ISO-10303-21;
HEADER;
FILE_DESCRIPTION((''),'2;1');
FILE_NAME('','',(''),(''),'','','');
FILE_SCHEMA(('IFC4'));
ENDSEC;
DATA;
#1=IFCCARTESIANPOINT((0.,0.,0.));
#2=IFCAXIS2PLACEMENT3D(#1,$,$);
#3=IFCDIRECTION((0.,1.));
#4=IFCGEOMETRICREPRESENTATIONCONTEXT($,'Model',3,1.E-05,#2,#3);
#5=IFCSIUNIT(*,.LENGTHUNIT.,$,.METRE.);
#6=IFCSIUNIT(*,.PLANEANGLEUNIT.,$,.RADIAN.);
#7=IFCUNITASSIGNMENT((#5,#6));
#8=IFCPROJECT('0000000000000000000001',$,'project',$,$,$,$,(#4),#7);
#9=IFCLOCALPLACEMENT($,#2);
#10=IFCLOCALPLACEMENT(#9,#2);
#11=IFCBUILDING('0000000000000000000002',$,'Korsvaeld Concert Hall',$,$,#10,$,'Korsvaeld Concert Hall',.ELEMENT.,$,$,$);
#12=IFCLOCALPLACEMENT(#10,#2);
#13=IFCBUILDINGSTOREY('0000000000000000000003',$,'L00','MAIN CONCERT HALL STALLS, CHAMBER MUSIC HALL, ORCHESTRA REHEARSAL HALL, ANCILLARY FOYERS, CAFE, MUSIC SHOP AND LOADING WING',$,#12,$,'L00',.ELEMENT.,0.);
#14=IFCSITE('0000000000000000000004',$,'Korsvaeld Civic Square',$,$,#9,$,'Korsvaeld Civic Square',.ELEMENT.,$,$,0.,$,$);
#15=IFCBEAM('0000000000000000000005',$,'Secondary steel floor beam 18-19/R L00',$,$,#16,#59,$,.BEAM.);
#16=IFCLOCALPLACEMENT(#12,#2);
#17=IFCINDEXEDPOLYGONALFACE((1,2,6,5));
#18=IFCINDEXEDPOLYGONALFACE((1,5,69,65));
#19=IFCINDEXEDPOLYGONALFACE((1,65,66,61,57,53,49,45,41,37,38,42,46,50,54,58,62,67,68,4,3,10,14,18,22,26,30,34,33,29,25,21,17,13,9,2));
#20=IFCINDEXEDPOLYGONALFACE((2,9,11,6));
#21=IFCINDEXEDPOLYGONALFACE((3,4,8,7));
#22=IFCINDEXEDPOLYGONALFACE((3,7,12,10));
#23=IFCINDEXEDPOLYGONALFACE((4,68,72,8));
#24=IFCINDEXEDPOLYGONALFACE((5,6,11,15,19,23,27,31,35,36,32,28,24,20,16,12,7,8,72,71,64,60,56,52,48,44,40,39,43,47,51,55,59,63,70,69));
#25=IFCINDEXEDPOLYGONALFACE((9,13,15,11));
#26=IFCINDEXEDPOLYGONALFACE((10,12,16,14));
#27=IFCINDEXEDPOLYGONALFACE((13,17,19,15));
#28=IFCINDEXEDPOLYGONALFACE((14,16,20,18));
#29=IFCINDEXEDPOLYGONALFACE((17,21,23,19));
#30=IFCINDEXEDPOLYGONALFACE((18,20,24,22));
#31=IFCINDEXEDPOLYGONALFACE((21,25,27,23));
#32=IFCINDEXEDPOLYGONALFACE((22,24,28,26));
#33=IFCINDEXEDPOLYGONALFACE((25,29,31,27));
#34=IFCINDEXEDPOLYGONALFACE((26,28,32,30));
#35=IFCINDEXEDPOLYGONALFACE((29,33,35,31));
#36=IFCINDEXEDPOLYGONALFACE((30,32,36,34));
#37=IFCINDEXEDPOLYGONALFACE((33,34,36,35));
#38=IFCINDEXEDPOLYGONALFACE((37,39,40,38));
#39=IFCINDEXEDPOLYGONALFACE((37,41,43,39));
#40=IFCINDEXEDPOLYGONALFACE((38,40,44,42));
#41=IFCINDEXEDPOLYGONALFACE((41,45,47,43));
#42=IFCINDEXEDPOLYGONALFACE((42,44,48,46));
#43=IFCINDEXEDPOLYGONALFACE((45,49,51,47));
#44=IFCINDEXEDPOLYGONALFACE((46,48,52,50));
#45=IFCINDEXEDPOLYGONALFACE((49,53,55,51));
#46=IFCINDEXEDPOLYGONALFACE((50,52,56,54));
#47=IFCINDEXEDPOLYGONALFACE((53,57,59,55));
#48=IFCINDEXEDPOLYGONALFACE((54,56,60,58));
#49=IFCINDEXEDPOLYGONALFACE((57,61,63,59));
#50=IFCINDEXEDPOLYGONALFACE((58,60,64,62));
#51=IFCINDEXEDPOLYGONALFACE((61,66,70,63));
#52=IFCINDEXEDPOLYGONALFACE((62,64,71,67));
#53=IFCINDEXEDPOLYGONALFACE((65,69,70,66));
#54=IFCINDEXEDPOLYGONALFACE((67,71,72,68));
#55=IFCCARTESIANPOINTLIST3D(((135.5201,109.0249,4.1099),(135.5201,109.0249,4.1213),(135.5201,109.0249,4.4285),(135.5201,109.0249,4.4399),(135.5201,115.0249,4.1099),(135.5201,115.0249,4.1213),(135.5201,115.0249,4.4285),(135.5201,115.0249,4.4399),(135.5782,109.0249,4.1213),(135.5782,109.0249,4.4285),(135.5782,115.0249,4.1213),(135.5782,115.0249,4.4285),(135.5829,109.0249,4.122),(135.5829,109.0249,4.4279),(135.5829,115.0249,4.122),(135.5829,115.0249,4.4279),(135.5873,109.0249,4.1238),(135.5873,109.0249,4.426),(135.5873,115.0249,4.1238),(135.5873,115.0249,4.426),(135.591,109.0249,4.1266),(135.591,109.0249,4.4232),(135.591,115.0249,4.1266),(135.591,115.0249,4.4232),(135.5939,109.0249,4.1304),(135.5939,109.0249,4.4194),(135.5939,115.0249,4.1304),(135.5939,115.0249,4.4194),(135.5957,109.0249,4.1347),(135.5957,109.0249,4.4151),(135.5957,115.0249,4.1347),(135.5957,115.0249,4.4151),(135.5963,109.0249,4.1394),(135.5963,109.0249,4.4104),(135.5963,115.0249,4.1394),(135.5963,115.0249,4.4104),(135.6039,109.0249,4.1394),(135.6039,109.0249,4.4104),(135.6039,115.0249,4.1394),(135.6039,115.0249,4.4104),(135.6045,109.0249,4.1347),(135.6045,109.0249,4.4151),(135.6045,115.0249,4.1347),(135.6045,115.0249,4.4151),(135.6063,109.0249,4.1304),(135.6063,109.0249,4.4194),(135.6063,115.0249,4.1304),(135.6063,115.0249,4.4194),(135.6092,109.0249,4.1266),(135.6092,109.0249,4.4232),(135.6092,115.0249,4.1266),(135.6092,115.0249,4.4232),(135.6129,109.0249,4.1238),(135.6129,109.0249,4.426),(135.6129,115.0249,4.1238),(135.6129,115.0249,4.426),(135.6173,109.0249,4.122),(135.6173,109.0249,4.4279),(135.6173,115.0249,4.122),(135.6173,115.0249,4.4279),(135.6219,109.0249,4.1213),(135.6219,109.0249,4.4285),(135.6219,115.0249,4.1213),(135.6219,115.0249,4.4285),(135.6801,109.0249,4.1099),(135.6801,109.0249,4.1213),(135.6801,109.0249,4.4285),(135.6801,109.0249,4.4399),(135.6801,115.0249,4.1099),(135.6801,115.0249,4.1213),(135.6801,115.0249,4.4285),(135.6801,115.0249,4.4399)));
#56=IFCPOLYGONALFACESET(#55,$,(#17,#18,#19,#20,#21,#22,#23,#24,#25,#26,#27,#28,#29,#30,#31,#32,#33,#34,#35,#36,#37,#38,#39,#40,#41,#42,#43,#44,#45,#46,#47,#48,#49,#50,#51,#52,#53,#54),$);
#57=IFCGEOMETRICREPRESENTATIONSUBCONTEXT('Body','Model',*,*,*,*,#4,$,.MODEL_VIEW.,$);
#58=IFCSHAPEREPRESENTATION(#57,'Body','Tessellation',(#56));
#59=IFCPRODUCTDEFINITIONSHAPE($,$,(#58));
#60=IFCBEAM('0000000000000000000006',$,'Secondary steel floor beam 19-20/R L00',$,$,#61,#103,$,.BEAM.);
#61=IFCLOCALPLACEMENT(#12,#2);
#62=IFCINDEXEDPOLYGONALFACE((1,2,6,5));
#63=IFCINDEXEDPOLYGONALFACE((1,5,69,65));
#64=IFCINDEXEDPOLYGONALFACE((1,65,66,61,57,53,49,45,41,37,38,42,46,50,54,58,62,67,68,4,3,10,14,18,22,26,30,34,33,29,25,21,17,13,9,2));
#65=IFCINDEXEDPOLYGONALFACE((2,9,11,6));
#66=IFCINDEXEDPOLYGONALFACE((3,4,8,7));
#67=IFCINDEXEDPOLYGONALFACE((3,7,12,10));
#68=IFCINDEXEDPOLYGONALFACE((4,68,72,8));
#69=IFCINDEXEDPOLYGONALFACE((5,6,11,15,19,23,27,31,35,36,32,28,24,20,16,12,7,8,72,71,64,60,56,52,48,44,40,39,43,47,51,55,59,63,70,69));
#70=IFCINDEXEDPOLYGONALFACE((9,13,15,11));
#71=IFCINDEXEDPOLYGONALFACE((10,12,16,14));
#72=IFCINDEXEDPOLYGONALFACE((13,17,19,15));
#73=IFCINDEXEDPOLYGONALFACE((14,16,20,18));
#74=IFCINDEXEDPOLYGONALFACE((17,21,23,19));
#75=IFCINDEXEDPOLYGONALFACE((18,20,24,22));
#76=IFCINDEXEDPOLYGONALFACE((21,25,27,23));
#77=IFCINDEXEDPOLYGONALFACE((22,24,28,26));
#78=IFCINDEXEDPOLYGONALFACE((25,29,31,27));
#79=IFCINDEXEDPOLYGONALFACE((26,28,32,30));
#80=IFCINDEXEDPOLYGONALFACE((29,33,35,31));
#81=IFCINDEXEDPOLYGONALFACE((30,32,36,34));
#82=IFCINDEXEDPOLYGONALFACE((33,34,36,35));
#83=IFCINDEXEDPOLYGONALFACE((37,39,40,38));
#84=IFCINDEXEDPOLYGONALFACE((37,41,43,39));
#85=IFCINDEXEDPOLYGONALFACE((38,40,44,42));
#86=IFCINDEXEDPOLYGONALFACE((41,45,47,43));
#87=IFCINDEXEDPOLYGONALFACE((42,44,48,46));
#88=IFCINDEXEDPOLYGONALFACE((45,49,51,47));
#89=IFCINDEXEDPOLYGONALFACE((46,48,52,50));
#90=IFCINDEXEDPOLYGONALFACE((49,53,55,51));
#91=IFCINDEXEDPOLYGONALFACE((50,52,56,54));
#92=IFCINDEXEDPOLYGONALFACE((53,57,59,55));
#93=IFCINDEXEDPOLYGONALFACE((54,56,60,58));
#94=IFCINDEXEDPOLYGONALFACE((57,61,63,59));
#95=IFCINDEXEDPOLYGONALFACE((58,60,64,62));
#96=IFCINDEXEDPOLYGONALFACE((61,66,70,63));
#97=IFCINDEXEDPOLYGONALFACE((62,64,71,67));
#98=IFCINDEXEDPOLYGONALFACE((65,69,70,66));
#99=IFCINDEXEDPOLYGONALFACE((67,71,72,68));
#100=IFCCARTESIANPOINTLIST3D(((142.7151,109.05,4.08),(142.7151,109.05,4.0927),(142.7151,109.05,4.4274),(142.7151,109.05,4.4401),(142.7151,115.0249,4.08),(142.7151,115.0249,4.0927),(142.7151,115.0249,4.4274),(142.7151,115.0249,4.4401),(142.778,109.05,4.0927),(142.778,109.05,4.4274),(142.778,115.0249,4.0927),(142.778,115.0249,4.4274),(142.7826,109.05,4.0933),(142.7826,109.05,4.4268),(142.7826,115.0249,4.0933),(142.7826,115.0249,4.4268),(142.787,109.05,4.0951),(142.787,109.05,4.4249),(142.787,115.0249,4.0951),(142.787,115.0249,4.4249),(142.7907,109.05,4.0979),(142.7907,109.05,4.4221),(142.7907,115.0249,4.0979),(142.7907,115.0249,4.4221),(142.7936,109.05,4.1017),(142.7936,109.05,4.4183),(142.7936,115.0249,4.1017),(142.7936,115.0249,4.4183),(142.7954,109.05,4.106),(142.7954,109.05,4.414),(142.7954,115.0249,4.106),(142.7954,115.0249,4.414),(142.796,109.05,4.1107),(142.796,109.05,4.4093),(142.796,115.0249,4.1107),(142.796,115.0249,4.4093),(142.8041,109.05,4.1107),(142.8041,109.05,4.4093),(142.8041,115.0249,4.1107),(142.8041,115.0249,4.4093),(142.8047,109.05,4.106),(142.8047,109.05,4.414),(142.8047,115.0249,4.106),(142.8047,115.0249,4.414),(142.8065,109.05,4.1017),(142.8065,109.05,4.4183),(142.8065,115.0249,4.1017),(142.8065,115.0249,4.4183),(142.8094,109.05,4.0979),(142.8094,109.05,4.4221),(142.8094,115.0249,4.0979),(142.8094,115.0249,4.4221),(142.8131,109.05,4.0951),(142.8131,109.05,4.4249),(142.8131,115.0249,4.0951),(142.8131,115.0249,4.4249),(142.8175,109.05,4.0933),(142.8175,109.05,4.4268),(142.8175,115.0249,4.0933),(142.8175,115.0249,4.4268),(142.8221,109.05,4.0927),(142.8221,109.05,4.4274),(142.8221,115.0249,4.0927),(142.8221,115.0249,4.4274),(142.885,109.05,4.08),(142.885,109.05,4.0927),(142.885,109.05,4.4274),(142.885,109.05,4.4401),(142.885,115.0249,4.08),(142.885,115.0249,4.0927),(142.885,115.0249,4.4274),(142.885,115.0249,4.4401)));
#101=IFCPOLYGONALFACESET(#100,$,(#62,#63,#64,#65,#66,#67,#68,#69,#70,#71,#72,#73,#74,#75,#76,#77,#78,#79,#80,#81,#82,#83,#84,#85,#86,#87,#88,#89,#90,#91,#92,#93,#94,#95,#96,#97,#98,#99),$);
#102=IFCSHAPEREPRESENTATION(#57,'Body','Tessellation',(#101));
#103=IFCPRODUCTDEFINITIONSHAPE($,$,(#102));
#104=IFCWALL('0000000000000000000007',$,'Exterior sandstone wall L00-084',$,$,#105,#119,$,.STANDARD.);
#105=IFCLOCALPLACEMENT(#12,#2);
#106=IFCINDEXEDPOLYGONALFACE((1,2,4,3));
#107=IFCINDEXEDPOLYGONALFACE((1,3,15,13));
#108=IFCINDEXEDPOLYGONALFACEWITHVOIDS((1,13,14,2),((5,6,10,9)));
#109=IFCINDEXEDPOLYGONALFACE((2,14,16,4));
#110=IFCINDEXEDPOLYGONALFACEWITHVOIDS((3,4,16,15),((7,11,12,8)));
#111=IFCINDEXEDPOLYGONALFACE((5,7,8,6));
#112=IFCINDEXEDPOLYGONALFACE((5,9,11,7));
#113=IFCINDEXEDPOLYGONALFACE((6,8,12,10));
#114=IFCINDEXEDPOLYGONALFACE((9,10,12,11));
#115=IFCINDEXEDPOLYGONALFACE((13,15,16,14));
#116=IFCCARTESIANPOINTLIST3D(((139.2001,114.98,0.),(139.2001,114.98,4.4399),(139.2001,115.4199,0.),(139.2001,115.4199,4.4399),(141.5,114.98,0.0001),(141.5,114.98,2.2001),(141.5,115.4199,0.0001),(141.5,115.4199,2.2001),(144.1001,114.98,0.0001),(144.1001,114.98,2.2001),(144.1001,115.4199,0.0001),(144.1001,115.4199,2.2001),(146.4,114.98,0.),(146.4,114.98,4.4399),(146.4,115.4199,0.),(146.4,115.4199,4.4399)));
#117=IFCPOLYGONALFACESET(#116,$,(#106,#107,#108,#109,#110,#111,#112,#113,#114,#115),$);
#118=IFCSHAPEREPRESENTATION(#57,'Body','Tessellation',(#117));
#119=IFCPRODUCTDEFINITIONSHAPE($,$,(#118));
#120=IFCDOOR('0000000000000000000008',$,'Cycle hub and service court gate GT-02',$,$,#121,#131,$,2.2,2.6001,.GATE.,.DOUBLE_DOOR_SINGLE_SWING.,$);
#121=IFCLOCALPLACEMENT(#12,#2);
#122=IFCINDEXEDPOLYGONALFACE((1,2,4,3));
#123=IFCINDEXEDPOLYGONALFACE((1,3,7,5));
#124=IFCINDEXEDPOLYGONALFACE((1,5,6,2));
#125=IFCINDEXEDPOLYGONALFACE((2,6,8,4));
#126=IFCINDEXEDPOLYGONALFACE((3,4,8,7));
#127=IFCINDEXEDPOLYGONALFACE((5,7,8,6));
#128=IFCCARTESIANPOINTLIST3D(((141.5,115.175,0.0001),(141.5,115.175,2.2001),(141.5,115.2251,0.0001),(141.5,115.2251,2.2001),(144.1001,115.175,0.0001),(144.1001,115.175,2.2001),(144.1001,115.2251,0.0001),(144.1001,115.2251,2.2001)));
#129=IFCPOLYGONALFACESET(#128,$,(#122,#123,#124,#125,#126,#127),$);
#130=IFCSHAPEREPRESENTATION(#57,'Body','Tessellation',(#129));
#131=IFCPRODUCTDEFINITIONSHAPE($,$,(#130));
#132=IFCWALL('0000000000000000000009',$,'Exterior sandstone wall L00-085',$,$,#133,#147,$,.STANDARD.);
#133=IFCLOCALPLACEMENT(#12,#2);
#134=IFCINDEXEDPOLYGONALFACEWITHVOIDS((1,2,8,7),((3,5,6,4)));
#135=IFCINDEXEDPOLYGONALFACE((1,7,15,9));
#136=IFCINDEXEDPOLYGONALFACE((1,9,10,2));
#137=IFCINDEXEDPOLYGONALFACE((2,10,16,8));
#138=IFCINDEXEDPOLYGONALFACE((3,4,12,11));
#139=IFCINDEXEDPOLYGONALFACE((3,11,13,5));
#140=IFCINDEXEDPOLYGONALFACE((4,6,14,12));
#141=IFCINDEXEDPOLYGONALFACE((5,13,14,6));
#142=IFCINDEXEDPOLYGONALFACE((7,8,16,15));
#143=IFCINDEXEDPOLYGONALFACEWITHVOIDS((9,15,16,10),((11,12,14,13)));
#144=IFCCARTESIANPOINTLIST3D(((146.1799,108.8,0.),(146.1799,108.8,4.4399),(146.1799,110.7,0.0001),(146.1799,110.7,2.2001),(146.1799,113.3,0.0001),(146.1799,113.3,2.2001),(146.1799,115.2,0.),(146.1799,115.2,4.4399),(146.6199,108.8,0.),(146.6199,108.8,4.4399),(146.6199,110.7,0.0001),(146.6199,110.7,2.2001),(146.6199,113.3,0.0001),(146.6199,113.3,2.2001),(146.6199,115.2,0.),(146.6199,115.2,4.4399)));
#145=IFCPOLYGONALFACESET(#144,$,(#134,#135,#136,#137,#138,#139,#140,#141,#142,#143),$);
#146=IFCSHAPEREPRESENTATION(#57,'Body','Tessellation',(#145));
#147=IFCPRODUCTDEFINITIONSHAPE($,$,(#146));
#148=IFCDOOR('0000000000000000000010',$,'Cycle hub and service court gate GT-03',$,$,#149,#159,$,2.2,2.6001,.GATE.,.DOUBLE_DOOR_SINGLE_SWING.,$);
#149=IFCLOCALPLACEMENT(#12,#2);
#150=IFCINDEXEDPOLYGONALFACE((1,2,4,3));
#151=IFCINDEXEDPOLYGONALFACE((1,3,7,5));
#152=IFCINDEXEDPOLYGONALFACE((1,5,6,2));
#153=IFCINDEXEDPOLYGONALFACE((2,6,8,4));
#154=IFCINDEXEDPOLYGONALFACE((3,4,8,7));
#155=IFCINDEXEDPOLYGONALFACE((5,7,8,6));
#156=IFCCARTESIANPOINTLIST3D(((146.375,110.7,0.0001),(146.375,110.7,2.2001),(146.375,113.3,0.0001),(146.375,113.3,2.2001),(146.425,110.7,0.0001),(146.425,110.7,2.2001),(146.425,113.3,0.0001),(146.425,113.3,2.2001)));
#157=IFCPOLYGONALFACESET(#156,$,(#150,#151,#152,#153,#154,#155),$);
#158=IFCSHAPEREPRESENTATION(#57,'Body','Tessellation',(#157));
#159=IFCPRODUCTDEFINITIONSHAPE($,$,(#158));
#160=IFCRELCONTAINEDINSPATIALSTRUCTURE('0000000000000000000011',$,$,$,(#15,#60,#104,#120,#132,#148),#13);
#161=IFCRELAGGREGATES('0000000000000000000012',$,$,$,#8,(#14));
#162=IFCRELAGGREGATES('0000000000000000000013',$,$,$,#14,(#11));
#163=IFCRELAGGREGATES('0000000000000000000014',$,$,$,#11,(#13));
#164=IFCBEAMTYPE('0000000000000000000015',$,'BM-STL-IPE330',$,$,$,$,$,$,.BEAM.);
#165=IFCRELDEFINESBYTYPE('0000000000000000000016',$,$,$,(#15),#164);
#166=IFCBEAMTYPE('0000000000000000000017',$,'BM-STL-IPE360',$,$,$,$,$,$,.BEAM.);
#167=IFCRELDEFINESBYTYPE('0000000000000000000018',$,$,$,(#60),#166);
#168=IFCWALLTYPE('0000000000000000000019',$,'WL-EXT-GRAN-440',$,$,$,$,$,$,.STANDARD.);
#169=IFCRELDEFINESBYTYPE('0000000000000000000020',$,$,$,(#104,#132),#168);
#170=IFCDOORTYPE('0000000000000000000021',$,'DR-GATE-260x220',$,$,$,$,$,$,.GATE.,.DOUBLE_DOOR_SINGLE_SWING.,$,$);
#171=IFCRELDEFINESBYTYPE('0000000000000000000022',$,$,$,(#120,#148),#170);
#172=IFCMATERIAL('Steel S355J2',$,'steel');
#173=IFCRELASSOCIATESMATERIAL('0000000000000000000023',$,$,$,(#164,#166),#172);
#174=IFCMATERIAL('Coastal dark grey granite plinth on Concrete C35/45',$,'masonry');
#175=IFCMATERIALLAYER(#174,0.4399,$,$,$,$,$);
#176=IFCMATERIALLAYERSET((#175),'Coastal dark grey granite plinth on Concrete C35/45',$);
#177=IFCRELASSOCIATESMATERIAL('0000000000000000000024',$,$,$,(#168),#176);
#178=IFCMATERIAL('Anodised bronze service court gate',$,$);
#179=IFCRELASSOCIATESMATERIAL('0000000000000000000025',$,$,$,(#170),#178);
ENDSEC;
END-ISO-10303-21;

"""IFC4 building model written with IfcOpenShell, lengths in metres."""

from ifc_helpers import new_model, si_unit, direction, frame, frame_2d, origin, origin_2d, place, context, subcontext, project, spatial, rectangle, i_section, extrude, material, layer, layer_set, material_profile, profile_set, type_object, element, fill, save


model = new_model("IFC4")

# Units and contexts
model_context = context("Model", 3, precision=1e-05, world=origin(), true_north=direction((0.0, 1.0)))
body_context = subcontext(model_context, "Body", "Model", "MODEL_VIEW")
ifc_project = project(units=[si_unit("LENGTHUNIT", "METRE"), si_unit("PLANEANGLEUNIT", "RADIAN")], contexts=[model_context])

# Site, building, storey
site_placement = place(None, origin())
site = spatial("IfcSite", under=ifc_project, at=site_placement, Name="Korsvaeld Civic Square", LongName="Korsvaeld Civic Square", CompositionType="ELEMENT", RefElevation=0.0)
building_placement = place(site_placement, origin())
building = spatial("IfcBuilding", under=site, at=building_placement, Name="Korsvaeld Concert Hall", LongName="Korsvaeld Concert Hall", CompositionType="ELEMENT")
storey_placement = place(building_placement, origin())
storey = spatial("IfcBuildingStorey", under=building, at=storey_placement, Name="L00", Description="MAIN CONCERT HALL STALLS, CHAMBER MUSIC HALL, ORCHESTRA REHEARSAL HALL, ANCILLARY FOYERS, CAFE, MUSIC SHOP AND LOADING WING", LongName="L00", CompositionType="ELEMENT", Elevation=0.0)

# Beams
ifc_material_1 = material(Name="Steel S355J2", Category="steel")
ifc_material_profile_1 = material_profile(ifc_material_1, i_section(OverallWidth=0.1599, OverallDepth=0.3301, WebThickness=0.0076, FlangeThickness=0.0115, FilletRadius=0.0181, at=origin_2d()), Name="IPE 330")
ifc_profile_set_1 = profile_set([ifc_material_profile_1], Name="Steel S355J2")
beam_type_1 = type_object("IfcBeamType", Name="BM-STL-IPE330", PredefinedType="BEAM", material=ifc_profile_set_1)
beam_1_placement = place(storey_placement, frame((135.6001, 109.0249, 4.2749), z_axis=(0.0, 1.0, 0.0), x_axis=(-1.0, 0.0, 0.0)))
element("IfcBeam", 1, at=beam_1_placement, inside=storey, type_object=beam_type_1, Name="Secondary steel floor beam 18-19/R L00", PredefinedType="BEAM", context=body_context, shape_type="SweptSolid", body=[
    extrude(i_section(OverallWidth=0.1599, OverallDepth=0.3301, WebThickness=0.0076, FlangeThickness=0.0115, FilletRadius=0.0181, at=origin_2d()), origin(), (0.0, 0.0, 1.0), 6.0),
])
ifc_material_profile_2 = material_profile(ifc_material_1, i_section(OverallWidth=0.1699, OverallDepth=0.3601, WebThickness=0.0081, FlangeThickness=0.0127, FilletRadius=0.0181, at=origin_2d()), Name="IPE 360")
ifc_profile_set_2 = profile_set([ifc_material_profile_2], Name="Steel S355J2")
beam_type_2 = type_object("IfcBeamType", Name="BM-STL-IPE360", PredefinedType="BEAM", material=ifc_profile_set_2)
beam_2_placement = place(storey_placement, frame((142.8, 109.05, 4.26), z_axis=(0.0, 1.0, 0.0), x_axis=(-1.0, 0.0, 0.0)))
element("IfcBeam", 2, at=beam_2_placement, inside=storey, type_object=beam_type_2, Name="Secondary steel floor beam 19-20/R L00", PredefinedType="BEAM", context=body_context, shape_type="SweptSolid", body=[
    extrude(i_section(OverallWidth=0.1699, OverallDepth=0.3601, WebThickness=0.0081, FlangeThickness=0.0127, FilletRadius=0.0181, at=origin_2d()), origin(), (0.0, 0.0, 1.0), 5.9749),
])

# Walls, openings, doors
ifc_material_2 = material(Name="Coastal dark grey granite plinth on Concrete C35/45", Category="masonry")
ifc_layer = layer(ifc_material_2, 0.4399)
ifc_layer_set = layer_set([ifc_layer], Name="Coastal dark grey granite plinth on Concrete C35/45")
wall_type = type_object("IfcWallType", Name="WL-EXT-GRAN-440", PredefinedType="STANDARD", material=ifc_layer_set)
wall_1_placement = place(storey_placement, frame((139.2, 115.2, 0.0), z_axis=(0.0, 0.0, 1.0), x_axis=(1.0, 0.0, 0.0)))
wall_1 = element("IfcWall", 3, at=wall_1_placement, inside=storey, type_object=wall_type, Name="Exterior sandstone wall L00-084", PredefinedType="STANDARD", context=body_context, shape_type="SweptSolid", body=[
    extrude(rectangle(XDim=7.2, YDim=0.4399, at=frame_2d((3.6001, 0.0))), origin(), (0.0, 0.0, 1.0), 4.4399),
])
opening_1_placement = place(wall_1_placement, frame((2.3, 0.0, 0.0)))
opening_1 = element("IfcOpeningElement", 4, at=opening_1_placement, cuts=wall_1, PredefinedType="OPENING", context=body_context, shape_type="SweptSolid", body=[
    extrude(rectangle(XDim=2.6001, YDim=2.2, at=frame_2d((1.3, 1.1001))), frame((0.0, 0.23, 0.0), z_axis=(0.0, -1.0, 0.0), x_axis=(1.0, 0.0, 0.0)), (0.0, 0.0, 1.0), 0.46),
])
ifc_material_3 = material(Name="Anodised bronze service court gate")
door_type_1 = type_object("IfcDoorType", Name="DR-GATE-260x220", OperationType="DOUBLE_DOOR_SINGLE_SWING", PredefinedType="GATE", material=ifc_material_3)
door_1_placement = place(opening_1_placement, frame((2.6001, 0.0, 0.0), z_axis=(0.0, 0.0, 1.0), x_axis=(-1.0, 0.0, 0.0)))
door_1 = element("IfcDoor", 5, at=door_1_placement, inside=storey, type_object=door_type_1, Name="Cycle hub and service court gate GT-02", OperationType="DOUBLE_DOOR_SINGLE_SWING", OverallHeight=2.2, OverallWidth=2.6001, PredefinedType="GATE", context=body_context, shape_type="SweptSolid", body=[
    extrude(rectangle(XDim=2.6001, YDim=2.2, at=frame_2d((1.3, 1.1001))), frame((0.0, 0.0249, 0.0), z_axis=(0.0, -1.0, 0.0), x_axis=(1.0, 0.0, 0.0)), (0.0, 0.0, 1.0), 0.05),
])
fill(opening_1, door_1)
wall_2_placement = place(storey_placement, frame((146.3999, 115.2, 0.0), z_axis=(0.0, 0.0, 1.0), x_axis=(0.0, -1.0, 0.0)))
wall_2 = element("IfcWall", 6, at=wall_2_placement, inside=storey, type_object=wall_type, Name="Exterior sandstone wall L00-085", PredefinedType="STANDARD", context=body_context, shape_type="SweptSolid", body=[
    extrude(rectangle(XDim=6.3999, YDim=0.4399, at=frame_2d((3.2, 0.0))), origin(), (0.0, 0.0, 1.0), 4.4399),
])
opening_2_placement = place(wall_2_placement, frame((1.8999, 0.0, 0.0)))
opening_2 = element("IfcOpeningElement", 7, at=opening_2_placement, cuts=wall_2, PredefinedType="OPENING", context=body_context, shape_type="SweptSolid", body=[
    extrude(rectangle(XDim=2.6001, YDim=2.2, at=frame_2d((1.3, 1.1001))), frame((0.0, 0.23, 0.0), z_axis=(0.0, -1.0, 0.0), x_axis=(1.0, 0.0, 0.0)), (0.0, 0.0, 1.0), 0.46),
])
door_2_placement = place(opening_2_placement, frame((2.6001, 0.0, 0.0), z_axis=(0.0, 0.0, 1.0), x_axis=(-1.0, 0.0, 0.0)))
door_2 = element("IfcDoor", 8, at=door_2_placement, inside=storey, type_object=door_type_1, Name="Cycle hub and service court gate GT-03", OperationType="DOUBLE_DOOR_SINGLE_SWING", OverallHeight=2.2, OverallWidth=2.6001, PredefinedType="GATE", context=body_context, shape_type="SweptSolid", body=[
    extrude(rectangle(XDim=2.6001, YDim=2.2, at=frame_2d((1.3, 1.1001))), frame((0.0, 0.0249, 0.0), z_axis=(0.0, -1.0, 0.0), x_axis=(1.0, 0.0, 0.0)), (0.0, 0.0, 1.0), 0.05),
])
fill(opening_2, door_2)

save(model, "model.ifc")
